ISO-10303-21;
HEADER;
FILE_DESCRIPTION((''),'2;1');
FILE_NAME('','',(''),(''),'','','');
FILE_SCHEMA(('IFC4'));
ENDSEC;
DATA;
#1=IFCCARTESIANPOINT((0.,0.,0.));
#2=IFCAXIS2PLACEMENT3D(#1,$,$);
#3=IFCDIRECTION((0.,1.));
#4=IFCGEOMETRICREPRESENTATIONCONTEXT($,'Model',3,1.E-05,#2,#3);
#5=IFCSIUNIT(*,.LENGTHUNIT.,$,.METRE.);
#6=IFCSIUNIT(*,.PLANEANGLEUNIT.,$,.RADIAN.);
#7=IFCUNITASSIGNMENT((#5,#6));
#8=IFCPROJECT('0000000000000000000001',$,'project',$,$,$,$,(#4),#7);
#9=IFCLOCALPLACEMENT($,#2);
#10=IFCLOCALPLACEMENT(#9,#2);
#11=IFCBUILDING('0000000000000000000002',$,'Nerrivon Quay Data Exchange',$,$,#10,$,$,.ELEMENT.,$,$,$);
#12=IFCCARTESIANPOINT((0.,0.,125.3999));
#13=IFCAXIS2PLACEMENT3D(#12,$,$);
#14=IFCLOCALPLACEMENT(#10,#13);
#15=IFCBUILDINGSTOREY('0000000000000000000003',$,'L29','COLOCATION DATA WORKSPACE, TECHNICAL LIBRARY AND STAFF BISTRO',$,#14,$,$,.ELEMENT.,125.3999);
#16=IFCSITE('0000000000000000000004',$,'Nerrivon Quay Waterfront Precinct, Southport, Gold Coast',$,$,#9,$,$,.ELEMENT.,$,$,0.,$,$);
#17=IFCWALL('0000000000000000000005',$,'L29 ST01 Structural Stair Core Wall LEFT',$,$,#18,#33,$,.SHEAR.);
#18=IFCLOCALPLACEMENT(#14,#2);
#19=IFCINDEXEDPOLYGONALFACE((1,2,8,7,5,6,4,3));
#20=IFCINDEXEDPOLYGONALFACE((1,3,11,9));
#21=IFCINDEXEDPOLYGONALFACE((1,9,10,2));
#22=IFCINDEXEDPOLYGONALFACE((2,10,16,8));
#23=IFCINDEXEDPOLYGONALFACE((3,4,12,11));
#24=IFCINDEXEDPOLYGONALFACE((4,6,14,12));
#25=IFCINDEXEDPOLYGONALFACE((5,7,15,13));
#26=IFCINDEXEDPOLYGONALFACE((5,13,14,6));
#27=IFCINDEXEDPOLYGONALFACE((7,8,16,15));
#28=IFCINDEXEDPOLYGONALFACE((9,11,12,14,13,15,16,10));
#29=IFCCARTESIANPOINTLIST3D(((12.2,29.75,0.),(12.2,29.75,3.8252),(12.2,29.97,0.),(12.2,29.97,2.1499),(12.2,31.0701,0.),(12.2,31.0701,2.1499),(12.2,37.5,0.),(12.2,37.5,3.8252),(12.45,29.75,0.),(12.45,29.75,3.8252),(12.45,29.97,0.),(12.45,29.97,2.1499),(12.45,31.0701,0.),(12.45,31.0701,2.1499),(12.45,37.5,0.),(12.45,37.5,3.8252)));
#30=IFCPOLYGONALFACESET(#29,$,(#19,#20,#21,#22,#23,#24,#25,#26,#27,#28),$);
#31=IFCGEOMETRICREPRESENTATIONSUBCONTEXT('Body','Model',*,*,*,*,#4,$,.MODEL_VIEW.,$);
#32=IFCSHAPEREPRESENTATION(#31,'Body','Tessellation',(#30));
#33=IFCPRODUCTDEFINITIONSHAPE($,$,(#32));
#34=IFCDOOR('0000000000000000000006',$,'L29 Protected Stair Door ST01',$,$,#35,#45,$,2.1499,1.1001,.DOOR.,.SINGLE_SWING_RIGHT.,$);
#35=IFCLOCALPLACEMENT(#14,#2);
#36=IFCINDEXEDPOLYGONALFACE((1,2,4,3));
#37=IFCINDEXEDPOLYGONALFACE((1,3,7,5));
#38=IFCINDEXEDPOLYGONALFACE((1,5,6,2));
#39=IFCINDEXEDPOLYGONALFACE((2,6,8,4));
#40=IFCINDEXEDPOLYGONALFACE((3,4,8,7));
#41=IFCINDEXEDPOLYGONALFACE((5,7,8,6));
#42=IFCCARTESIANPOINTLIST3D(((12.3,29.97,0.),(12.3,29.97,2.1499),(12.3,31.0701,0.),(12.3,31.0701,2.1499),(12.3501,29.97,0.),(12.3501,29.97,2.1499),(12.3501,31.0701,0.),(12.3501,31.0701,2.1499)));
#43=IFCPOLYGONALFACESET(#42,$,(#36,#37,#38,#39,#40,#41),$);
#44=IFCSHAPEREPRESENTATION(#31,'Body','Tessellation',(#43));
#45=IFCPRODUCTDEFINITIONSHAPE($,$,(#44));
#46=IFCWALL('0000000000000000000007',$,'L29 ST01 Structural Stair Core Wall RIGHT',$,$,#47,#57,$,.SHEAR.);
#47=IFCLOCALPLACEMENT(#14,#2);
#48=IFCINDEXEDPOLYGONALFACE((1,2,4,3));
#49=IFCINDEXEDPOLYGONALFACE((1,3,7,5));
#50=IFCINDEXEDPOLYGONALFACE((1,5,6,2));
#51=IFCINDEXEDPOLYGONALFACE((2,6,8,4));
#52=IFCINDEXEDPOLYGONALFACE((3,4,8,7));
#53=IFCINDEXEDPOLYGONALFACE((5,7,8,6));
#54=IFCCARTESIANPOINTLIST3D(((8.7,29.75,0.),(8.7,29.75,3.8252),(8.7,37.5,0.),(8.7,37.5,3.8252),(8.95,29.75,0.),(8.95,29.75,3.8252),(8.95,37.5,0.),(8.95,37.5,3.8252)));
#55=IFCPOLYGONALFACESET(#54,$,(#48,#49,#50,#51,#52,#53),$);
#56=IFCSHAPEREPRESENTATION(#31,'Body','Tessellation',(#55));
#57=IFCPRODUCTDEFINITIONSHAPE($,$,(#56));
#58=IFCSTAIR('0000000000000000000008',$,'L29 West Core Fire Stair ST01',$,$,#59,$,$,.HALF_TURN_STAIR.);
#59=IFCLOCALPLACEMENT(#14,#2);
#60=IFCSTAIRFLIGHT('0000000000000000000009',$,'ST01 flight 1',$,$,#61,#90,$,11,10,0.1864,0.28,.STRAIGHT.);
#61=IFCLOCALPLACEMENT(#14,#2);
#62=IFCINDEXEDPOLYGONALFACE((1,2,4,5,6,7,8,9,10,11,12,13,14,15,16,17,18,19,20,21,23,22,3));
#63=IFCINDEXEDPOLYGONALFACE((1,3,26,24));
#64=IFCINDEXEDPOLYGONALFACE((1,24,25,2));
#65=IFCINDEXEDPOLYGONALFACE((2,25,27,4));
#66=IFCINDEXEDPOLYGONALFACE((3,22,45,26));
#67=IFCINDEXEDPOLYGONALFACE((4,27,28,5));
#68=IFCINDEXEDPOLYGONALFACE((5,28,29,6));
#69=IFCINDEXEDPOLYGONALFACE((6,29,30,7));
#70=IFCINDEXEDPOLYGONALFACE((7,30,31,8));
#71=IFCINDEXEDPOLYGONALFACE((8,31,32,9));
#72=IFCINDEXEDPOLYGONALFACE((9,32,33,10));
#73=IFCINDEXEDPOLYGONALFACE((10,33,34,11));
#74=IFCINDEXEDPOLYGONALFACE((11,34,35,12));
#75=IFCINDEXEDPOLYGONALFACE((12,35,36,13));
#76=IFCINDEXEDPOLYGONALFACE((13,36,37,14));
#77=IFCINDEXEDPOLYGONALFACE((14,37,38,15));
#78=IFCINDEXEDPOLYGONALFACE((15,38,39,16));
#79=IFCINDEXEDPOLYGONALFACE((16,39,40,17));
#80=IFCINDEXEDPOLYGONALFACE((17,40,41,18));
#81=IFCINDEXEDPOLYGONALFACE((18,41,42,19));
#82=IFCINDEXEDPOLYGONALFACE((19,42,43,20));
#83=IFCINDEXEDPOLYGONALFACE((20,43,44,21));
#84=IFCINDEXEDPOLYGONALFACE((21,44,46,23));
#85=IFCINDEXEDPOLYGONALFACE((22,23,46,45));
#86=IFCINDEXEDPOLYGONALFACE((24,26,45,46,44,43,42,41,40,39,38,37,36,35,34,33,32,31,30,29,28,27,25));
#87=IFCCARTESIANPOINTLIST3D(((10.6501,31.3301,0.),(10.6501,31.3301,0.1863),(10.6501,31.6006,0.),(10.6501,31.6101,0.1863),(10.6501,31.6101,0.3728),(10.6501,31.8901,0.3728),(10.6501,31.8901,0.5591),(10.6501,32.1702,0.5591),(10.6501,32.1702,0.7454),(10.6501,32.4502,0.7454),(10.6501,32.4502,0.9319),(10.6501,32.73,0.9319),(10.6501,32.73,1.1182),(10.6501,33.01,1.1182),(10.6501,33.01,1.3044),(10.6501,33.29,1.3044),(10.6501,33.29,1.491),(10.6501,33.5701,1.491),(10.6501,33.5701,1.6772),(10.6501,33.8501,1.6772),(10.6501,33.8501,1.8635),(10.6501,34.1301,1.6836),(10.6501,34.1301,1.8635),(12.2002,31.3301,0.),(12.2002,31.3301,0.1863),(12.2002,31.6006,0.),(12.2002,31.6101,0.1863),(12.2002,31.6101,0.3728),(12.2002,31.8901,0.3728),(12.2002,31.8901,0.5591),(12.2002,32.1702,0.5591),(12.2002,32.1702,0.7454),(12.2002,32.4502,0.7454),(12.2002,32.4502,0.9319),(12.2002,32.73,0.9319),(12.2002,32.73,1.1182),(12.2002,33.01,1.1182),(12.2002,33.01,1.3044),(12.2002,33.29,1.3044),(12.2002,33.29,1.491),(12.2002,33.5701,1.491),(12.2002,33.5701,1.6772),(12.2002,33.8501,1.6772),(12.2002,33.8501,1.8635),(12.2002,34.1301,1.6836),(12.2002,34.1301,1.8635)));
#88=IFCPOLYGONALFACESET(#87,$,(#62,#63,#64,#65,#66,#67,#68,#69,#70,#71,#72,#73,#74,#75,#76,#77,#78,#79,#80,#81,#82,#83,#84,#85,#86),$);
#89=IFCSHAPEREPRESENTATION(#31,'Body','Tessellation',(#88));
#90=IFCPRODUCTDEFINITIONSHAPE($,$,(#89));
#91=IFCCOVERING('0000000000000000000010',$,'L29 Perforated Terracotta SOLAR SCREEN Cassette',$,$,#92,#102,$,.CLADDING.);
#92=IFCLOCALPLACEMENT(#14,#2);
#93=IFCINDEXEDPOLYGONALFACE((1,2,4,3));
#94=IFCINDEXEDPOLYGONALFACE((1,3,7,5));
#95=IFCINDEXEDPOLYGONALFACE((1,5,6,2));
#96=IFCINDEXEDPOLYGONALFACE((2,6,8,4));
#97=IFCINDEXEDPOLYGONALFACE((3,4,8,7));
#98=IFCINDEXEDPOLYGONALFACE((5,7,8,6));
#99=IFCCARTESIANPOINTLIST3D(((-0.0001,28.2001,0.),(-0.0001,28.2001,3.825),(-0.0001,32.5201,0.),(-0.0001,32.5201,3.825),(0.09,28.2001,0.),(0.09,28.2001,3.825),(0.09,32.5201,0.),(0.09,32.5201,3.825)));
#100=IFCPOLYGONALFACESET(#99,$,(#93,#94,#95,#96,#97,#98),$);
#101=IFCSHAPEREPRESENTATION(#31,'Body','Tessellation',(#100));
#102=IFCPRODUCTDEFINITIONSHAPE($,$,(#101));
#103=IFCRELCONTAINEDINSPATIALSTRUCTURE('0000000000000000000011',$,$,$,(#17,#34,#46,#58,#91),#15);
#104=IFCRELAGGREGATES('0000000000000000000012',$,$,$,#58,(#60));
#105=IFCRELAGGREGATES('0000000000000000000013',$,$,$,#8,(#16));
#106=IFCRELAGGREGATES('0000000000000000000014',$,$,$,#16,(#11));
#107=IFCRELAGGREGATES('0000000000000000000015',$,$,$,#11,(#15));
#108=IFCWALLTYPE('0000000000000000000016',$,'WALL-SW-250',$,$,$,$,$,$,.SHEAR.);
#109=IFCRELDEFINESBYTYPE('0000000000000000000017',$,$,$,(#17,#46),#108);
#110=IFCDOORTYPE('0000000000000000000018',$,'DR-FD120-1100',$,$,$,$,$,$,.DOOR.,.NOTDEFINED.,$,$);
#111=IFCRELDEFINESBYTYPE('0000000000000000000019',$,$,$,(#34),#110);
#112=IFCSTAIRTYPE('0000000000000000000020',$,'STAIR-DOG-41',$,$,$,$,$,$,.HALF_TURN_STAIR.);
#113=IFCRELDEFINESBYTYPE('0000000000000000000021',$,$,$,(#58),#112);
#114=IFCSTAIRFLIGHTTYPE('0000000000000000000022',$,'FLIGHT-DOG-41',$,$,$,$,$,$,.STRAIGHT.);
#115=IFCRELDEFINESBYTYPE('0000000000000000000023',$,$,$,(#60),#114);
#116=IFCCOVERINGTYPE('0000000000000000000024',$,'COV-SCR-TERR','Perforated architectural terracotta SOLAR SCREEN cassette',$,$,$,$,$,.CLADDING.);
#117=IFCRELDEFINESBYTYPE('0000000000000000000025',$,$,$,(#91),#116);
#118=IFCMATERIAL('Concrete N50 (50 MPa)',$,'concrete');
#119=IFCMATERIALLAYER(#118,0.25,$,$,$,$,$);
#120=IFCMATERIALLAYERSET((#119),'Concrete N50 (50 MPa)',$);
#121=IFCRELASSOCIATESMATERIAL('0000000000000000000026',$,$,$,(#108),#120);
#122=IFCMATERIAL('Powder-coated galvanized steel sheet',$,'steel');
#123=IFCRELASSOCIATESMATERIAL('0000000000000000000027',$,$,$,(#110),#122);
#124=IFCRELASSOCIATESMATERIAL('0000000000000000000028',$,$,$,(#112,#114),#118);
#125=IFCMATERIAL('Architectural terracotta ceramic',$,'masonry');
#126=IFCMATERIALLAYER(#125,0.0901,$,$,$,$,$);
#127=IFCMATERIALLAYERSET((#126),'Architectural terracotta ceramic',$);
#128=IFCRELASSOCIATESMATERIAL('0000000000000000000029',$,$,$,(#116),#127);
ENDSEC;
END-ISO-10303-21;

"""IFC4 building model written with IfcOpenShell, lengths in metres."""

from ifc_helpers import new_model, si_unit, direction, frame, frame_2d, origin, origin_2d, place, context, subcontext, project, spatial, polyline, rectangle, outline, extrude, material, layer, layer_set, type_object, element, fill, aggregate, save


model = new_model("IFC4")

# Units and contexts
model_context = context("Model", 3, precision=1e-05, world=origin(), true_north=direction((0.0, 1.0)))
body_context = subcontext(model_context, "Body", "Model", "MODEL_VIEW")
ifc_project = project(units=[si_unit("LENGTHUNIT", "METRE"), si_unit("PLANEANGLEUNIT", "RADIAN")], contexts=[model_context])

# Site, building, storey
site_placement = place(None, origin())
site = spatial("IfcSite", under=ifc_project, at=site_placement, Name="Nerrivon Quay Waterfront Precinct, Southport, Gold Coast", CompositionType="ELEMENT", RefElevation=0.0)
building_placement = place(site_placement, origin())
building = spatial("IfcBuilding", under=site, at=building_placement, Name="Nerrivon Quay Data Exchange", CompositionType="ELEMENT")
storey_placement = place(building_placement, frame((0.0, 0.0, 125.3999)))
storey = spatial("IfcBuildingStorey", under=building, at=storey_placement, Name="L29", Description="COLOCATION DATA WORKSPACE, TECHNICAL LIBRARY AND STAFF BISTRO", CompositionType="ELEMENT", Elevation=125.3999)

# Shared definitions
ifc_material_1 = material(Name="Powder-coated galvanized steel sheet", Category="steel")

# Shared definitions
ifc_material_2 = material(Name="Concrete N50 (50 MPa)", Category="concrete")
ifc_layer_1 = layer(ifc_material_2, 0.25)
ifc_layer_set_1 = layer_set([ifc_layer_1], Name="Concrete N50 (50 MPa)")
wall_type_1 = type_object("IfcWallType", Name="WALL-SW-250", PredefinedType="SHEAR", material=ifc_layer_set_1)

# Wall, opening, door
wall_1_placement = place(storey_placement, frame((12.325, 29.75, 0.0), z_axis=(0.0, 0.0, 1.0), x_axis=(0.0, 1.0, 0.0)))
wall_1 = element("IfcWall", 1, at=wall_1_placement, inside=storey, type_object=wall_type_1, Name="L29 ST01 Structural Stair Core Wall LEFT", PredefinedType="SHEAR", context=body_context, shape_type="SweptSolid", body=[
    extrude(rectangle(XDim=7.75, YDim=0.25, at=frame_2d((3.875, 0.0))), origin(), (0.0, 0.0, 1.0), 3.8252),
])
opening_1_placement = place(wall_1_placement, frame((0.22, 0.0, 0.0)))
opening_1 = element("IfcOpeningElement", 2, at=opening_1_placement, cuts=wall_1, PredefinedType="OPENING", context=body_context, shape_type="SweptSolid", body=[
    extrude(rectangle(XDim=1.1001, YDim=2.1499, at=frame_2d((0.55, 1.075))), frame((0.0, 0.135, 0.0), z_axis=(0.0, -1.0, 0.0), x_axis=(1.0, 0.0, 0.0)), (0.0, 0.0, 1.0), 0.27),
])
door_type_1 = type_object("IfcDoorType", Name="DR-FD120-1100", OperationType="NOTDEFINED", PredefinedType="DOOR", material=ifc_material_1)
door_1_placement = place(opening_1_placement, origin())
door_1 = element("IfcDoor", 3, at=door_1_placement, inside=storey, type_object=door_type_1, Name="L29 Protected Stair Door ST01", OperationType="SINGLE_SWING_RIGHT", OverallHeight=2.1499, OverallWidth=1.1001, PredefinedType="DOOR", context=body_context, shape_type="SweptSolid", body=[
    extrude(rectangle(XDim=1.1001, YDim=2.1499, at=frame_2d((0.55, 1.075))), frame((0.0, 0.0249, 0.0), z_axis=(0.0, -1.0, 0.0), x_axis=(1.0, 0.0, 0.0)), (0.0, 0.0, 1.0), 0.05),
])
fill(opening_1, door_1)

# Wall
wall_2_placement = place(storey_placement, frame((8.825, 29.75, 0.0), z_axis=(0.0, 0.0, 1.0), x_axis=(0.0, 1.0, 0.0)))
element("IfcWall", 4, at=wall_2_placement, inside=storey, type_object=wall_type_1, Name="L29 ST01 Structural Stair Core Wall RIGHT", PredefinedType="SHEAR", context=body_context, shape_type="SweptSolid", body=[
    extrude(rectangle(XDim=7.75, YDim=0.25, at=frame_2d((3.875, 0.0))), origin(), (0.0, 0.0, 1.0), 3.8252),
])

# Stair, stair flight
stair_type = type_object("IfcStairType", Name="STAIR-DOG-41", PredefinedType="HALF_TURN_STAIR", material=ifc_material_2)
stair_placement = place(storey_placement, origin())
stair = element("IfcStair", 5, at=stair_placement, inside=storey, type_object=stair_type, Name="L29 West Core Fire Stair ST01", PredefinedType="HALF_TURN_STAIR")
stair_flight_type = type_object("IfcStairFlightType", Name="FLIGHT-DOG-41", PredefinedType="STRAIGHT", material=ifc_material_2)
stair_flight_placement = place(storey_placement, frame((11.425, 31.3301, 0.0), z_axis=(0.0, 0.0, 1.0), x_axis=(0.0, 1.0, 0.0)))
stair_flight = element("IfcStairFlight", 6, at=stair_flight_placement, type_object=stair_flight_type, Name="ST01 flight 1", NumberOfRisers=11, NumberOfTreads=10, PredefinedType="STRAIGHT", RiserHeight=0.1864, TreadLength=0.28, context=body_context, shape_type="SweptSolid", body=[
    extrude(outline(polyline([(0.0, 0.0), (0.0, 0.1863), (0.28, 0.1863), (0.28, 0.3728), (0.5601, 0.3728), (0.5601, 0.5591), (0.8401, 0.5591), (0.8401, 0.7454), (1.1201, 0.7454), (1.1201, 0.9319), (1.3999, 0.9319), (1.3999, 1.1182), (1.6799, 1.1182), (1.6799, 1.3044), (1.96, 1.3044), (1.96, 1.491), (2.24, 1.491), (2.24, 1.6772), (2.52, 1.6772), (2.52, 1.8635), (2.8, 1.8635), (2.8, 2.05), (2.8, 1.6836), (0.2705, 0.0), (0.0, 0.0)])), frame((0.0, 0.7749, 0.0), z_axis=(0.0, -1.0, 0.0), x_axis=(1.0, 0.0, 0.0)), (0.0, 0.0, 1.0), 1.55),
])
aggregate(stair, [stair_flight])

# Covering
ifc_material_3 = material(Name="Architectural terracotta ceramic", Category="masonry")
ifc_layer_2 = layer(ifc_material_3, 0.0901)
ifc_layer_set_2 = layer_set([ifc_layer_2], Name="Architectural terracotta ceramic")
covering_type = type_object("IfcCoveringType", Name="COV-SCR-TERR", Description="Perforated architectural terracotta SOLAR SCREEN cassette", PredefinedType="CLADDING", material=ifc_layer_set_2)
covering_placement = place(storey_placement, frame((0.0449, 30.3601, 0.0), z_axis=(0.0, 0.0, 1.0), x_axis=(0.0, 1.0, 0.0)))
element("IfcCovering", 7, at=covering_placement, inside=storey, type_object=covering_type, Name="L29 Perforated Terracotta SOLAR SCREEN Cassette", PredefinedType="CLADDING", context=body_context, shape_type="SweptSolid", body=[
    extrude(rectangle(XDim=4.3201, YDim=0.0901, at=origin_2d()), origin(), (0.0, 0.0, 1.0), 3.825),
])

save(model, "model.ifc")
